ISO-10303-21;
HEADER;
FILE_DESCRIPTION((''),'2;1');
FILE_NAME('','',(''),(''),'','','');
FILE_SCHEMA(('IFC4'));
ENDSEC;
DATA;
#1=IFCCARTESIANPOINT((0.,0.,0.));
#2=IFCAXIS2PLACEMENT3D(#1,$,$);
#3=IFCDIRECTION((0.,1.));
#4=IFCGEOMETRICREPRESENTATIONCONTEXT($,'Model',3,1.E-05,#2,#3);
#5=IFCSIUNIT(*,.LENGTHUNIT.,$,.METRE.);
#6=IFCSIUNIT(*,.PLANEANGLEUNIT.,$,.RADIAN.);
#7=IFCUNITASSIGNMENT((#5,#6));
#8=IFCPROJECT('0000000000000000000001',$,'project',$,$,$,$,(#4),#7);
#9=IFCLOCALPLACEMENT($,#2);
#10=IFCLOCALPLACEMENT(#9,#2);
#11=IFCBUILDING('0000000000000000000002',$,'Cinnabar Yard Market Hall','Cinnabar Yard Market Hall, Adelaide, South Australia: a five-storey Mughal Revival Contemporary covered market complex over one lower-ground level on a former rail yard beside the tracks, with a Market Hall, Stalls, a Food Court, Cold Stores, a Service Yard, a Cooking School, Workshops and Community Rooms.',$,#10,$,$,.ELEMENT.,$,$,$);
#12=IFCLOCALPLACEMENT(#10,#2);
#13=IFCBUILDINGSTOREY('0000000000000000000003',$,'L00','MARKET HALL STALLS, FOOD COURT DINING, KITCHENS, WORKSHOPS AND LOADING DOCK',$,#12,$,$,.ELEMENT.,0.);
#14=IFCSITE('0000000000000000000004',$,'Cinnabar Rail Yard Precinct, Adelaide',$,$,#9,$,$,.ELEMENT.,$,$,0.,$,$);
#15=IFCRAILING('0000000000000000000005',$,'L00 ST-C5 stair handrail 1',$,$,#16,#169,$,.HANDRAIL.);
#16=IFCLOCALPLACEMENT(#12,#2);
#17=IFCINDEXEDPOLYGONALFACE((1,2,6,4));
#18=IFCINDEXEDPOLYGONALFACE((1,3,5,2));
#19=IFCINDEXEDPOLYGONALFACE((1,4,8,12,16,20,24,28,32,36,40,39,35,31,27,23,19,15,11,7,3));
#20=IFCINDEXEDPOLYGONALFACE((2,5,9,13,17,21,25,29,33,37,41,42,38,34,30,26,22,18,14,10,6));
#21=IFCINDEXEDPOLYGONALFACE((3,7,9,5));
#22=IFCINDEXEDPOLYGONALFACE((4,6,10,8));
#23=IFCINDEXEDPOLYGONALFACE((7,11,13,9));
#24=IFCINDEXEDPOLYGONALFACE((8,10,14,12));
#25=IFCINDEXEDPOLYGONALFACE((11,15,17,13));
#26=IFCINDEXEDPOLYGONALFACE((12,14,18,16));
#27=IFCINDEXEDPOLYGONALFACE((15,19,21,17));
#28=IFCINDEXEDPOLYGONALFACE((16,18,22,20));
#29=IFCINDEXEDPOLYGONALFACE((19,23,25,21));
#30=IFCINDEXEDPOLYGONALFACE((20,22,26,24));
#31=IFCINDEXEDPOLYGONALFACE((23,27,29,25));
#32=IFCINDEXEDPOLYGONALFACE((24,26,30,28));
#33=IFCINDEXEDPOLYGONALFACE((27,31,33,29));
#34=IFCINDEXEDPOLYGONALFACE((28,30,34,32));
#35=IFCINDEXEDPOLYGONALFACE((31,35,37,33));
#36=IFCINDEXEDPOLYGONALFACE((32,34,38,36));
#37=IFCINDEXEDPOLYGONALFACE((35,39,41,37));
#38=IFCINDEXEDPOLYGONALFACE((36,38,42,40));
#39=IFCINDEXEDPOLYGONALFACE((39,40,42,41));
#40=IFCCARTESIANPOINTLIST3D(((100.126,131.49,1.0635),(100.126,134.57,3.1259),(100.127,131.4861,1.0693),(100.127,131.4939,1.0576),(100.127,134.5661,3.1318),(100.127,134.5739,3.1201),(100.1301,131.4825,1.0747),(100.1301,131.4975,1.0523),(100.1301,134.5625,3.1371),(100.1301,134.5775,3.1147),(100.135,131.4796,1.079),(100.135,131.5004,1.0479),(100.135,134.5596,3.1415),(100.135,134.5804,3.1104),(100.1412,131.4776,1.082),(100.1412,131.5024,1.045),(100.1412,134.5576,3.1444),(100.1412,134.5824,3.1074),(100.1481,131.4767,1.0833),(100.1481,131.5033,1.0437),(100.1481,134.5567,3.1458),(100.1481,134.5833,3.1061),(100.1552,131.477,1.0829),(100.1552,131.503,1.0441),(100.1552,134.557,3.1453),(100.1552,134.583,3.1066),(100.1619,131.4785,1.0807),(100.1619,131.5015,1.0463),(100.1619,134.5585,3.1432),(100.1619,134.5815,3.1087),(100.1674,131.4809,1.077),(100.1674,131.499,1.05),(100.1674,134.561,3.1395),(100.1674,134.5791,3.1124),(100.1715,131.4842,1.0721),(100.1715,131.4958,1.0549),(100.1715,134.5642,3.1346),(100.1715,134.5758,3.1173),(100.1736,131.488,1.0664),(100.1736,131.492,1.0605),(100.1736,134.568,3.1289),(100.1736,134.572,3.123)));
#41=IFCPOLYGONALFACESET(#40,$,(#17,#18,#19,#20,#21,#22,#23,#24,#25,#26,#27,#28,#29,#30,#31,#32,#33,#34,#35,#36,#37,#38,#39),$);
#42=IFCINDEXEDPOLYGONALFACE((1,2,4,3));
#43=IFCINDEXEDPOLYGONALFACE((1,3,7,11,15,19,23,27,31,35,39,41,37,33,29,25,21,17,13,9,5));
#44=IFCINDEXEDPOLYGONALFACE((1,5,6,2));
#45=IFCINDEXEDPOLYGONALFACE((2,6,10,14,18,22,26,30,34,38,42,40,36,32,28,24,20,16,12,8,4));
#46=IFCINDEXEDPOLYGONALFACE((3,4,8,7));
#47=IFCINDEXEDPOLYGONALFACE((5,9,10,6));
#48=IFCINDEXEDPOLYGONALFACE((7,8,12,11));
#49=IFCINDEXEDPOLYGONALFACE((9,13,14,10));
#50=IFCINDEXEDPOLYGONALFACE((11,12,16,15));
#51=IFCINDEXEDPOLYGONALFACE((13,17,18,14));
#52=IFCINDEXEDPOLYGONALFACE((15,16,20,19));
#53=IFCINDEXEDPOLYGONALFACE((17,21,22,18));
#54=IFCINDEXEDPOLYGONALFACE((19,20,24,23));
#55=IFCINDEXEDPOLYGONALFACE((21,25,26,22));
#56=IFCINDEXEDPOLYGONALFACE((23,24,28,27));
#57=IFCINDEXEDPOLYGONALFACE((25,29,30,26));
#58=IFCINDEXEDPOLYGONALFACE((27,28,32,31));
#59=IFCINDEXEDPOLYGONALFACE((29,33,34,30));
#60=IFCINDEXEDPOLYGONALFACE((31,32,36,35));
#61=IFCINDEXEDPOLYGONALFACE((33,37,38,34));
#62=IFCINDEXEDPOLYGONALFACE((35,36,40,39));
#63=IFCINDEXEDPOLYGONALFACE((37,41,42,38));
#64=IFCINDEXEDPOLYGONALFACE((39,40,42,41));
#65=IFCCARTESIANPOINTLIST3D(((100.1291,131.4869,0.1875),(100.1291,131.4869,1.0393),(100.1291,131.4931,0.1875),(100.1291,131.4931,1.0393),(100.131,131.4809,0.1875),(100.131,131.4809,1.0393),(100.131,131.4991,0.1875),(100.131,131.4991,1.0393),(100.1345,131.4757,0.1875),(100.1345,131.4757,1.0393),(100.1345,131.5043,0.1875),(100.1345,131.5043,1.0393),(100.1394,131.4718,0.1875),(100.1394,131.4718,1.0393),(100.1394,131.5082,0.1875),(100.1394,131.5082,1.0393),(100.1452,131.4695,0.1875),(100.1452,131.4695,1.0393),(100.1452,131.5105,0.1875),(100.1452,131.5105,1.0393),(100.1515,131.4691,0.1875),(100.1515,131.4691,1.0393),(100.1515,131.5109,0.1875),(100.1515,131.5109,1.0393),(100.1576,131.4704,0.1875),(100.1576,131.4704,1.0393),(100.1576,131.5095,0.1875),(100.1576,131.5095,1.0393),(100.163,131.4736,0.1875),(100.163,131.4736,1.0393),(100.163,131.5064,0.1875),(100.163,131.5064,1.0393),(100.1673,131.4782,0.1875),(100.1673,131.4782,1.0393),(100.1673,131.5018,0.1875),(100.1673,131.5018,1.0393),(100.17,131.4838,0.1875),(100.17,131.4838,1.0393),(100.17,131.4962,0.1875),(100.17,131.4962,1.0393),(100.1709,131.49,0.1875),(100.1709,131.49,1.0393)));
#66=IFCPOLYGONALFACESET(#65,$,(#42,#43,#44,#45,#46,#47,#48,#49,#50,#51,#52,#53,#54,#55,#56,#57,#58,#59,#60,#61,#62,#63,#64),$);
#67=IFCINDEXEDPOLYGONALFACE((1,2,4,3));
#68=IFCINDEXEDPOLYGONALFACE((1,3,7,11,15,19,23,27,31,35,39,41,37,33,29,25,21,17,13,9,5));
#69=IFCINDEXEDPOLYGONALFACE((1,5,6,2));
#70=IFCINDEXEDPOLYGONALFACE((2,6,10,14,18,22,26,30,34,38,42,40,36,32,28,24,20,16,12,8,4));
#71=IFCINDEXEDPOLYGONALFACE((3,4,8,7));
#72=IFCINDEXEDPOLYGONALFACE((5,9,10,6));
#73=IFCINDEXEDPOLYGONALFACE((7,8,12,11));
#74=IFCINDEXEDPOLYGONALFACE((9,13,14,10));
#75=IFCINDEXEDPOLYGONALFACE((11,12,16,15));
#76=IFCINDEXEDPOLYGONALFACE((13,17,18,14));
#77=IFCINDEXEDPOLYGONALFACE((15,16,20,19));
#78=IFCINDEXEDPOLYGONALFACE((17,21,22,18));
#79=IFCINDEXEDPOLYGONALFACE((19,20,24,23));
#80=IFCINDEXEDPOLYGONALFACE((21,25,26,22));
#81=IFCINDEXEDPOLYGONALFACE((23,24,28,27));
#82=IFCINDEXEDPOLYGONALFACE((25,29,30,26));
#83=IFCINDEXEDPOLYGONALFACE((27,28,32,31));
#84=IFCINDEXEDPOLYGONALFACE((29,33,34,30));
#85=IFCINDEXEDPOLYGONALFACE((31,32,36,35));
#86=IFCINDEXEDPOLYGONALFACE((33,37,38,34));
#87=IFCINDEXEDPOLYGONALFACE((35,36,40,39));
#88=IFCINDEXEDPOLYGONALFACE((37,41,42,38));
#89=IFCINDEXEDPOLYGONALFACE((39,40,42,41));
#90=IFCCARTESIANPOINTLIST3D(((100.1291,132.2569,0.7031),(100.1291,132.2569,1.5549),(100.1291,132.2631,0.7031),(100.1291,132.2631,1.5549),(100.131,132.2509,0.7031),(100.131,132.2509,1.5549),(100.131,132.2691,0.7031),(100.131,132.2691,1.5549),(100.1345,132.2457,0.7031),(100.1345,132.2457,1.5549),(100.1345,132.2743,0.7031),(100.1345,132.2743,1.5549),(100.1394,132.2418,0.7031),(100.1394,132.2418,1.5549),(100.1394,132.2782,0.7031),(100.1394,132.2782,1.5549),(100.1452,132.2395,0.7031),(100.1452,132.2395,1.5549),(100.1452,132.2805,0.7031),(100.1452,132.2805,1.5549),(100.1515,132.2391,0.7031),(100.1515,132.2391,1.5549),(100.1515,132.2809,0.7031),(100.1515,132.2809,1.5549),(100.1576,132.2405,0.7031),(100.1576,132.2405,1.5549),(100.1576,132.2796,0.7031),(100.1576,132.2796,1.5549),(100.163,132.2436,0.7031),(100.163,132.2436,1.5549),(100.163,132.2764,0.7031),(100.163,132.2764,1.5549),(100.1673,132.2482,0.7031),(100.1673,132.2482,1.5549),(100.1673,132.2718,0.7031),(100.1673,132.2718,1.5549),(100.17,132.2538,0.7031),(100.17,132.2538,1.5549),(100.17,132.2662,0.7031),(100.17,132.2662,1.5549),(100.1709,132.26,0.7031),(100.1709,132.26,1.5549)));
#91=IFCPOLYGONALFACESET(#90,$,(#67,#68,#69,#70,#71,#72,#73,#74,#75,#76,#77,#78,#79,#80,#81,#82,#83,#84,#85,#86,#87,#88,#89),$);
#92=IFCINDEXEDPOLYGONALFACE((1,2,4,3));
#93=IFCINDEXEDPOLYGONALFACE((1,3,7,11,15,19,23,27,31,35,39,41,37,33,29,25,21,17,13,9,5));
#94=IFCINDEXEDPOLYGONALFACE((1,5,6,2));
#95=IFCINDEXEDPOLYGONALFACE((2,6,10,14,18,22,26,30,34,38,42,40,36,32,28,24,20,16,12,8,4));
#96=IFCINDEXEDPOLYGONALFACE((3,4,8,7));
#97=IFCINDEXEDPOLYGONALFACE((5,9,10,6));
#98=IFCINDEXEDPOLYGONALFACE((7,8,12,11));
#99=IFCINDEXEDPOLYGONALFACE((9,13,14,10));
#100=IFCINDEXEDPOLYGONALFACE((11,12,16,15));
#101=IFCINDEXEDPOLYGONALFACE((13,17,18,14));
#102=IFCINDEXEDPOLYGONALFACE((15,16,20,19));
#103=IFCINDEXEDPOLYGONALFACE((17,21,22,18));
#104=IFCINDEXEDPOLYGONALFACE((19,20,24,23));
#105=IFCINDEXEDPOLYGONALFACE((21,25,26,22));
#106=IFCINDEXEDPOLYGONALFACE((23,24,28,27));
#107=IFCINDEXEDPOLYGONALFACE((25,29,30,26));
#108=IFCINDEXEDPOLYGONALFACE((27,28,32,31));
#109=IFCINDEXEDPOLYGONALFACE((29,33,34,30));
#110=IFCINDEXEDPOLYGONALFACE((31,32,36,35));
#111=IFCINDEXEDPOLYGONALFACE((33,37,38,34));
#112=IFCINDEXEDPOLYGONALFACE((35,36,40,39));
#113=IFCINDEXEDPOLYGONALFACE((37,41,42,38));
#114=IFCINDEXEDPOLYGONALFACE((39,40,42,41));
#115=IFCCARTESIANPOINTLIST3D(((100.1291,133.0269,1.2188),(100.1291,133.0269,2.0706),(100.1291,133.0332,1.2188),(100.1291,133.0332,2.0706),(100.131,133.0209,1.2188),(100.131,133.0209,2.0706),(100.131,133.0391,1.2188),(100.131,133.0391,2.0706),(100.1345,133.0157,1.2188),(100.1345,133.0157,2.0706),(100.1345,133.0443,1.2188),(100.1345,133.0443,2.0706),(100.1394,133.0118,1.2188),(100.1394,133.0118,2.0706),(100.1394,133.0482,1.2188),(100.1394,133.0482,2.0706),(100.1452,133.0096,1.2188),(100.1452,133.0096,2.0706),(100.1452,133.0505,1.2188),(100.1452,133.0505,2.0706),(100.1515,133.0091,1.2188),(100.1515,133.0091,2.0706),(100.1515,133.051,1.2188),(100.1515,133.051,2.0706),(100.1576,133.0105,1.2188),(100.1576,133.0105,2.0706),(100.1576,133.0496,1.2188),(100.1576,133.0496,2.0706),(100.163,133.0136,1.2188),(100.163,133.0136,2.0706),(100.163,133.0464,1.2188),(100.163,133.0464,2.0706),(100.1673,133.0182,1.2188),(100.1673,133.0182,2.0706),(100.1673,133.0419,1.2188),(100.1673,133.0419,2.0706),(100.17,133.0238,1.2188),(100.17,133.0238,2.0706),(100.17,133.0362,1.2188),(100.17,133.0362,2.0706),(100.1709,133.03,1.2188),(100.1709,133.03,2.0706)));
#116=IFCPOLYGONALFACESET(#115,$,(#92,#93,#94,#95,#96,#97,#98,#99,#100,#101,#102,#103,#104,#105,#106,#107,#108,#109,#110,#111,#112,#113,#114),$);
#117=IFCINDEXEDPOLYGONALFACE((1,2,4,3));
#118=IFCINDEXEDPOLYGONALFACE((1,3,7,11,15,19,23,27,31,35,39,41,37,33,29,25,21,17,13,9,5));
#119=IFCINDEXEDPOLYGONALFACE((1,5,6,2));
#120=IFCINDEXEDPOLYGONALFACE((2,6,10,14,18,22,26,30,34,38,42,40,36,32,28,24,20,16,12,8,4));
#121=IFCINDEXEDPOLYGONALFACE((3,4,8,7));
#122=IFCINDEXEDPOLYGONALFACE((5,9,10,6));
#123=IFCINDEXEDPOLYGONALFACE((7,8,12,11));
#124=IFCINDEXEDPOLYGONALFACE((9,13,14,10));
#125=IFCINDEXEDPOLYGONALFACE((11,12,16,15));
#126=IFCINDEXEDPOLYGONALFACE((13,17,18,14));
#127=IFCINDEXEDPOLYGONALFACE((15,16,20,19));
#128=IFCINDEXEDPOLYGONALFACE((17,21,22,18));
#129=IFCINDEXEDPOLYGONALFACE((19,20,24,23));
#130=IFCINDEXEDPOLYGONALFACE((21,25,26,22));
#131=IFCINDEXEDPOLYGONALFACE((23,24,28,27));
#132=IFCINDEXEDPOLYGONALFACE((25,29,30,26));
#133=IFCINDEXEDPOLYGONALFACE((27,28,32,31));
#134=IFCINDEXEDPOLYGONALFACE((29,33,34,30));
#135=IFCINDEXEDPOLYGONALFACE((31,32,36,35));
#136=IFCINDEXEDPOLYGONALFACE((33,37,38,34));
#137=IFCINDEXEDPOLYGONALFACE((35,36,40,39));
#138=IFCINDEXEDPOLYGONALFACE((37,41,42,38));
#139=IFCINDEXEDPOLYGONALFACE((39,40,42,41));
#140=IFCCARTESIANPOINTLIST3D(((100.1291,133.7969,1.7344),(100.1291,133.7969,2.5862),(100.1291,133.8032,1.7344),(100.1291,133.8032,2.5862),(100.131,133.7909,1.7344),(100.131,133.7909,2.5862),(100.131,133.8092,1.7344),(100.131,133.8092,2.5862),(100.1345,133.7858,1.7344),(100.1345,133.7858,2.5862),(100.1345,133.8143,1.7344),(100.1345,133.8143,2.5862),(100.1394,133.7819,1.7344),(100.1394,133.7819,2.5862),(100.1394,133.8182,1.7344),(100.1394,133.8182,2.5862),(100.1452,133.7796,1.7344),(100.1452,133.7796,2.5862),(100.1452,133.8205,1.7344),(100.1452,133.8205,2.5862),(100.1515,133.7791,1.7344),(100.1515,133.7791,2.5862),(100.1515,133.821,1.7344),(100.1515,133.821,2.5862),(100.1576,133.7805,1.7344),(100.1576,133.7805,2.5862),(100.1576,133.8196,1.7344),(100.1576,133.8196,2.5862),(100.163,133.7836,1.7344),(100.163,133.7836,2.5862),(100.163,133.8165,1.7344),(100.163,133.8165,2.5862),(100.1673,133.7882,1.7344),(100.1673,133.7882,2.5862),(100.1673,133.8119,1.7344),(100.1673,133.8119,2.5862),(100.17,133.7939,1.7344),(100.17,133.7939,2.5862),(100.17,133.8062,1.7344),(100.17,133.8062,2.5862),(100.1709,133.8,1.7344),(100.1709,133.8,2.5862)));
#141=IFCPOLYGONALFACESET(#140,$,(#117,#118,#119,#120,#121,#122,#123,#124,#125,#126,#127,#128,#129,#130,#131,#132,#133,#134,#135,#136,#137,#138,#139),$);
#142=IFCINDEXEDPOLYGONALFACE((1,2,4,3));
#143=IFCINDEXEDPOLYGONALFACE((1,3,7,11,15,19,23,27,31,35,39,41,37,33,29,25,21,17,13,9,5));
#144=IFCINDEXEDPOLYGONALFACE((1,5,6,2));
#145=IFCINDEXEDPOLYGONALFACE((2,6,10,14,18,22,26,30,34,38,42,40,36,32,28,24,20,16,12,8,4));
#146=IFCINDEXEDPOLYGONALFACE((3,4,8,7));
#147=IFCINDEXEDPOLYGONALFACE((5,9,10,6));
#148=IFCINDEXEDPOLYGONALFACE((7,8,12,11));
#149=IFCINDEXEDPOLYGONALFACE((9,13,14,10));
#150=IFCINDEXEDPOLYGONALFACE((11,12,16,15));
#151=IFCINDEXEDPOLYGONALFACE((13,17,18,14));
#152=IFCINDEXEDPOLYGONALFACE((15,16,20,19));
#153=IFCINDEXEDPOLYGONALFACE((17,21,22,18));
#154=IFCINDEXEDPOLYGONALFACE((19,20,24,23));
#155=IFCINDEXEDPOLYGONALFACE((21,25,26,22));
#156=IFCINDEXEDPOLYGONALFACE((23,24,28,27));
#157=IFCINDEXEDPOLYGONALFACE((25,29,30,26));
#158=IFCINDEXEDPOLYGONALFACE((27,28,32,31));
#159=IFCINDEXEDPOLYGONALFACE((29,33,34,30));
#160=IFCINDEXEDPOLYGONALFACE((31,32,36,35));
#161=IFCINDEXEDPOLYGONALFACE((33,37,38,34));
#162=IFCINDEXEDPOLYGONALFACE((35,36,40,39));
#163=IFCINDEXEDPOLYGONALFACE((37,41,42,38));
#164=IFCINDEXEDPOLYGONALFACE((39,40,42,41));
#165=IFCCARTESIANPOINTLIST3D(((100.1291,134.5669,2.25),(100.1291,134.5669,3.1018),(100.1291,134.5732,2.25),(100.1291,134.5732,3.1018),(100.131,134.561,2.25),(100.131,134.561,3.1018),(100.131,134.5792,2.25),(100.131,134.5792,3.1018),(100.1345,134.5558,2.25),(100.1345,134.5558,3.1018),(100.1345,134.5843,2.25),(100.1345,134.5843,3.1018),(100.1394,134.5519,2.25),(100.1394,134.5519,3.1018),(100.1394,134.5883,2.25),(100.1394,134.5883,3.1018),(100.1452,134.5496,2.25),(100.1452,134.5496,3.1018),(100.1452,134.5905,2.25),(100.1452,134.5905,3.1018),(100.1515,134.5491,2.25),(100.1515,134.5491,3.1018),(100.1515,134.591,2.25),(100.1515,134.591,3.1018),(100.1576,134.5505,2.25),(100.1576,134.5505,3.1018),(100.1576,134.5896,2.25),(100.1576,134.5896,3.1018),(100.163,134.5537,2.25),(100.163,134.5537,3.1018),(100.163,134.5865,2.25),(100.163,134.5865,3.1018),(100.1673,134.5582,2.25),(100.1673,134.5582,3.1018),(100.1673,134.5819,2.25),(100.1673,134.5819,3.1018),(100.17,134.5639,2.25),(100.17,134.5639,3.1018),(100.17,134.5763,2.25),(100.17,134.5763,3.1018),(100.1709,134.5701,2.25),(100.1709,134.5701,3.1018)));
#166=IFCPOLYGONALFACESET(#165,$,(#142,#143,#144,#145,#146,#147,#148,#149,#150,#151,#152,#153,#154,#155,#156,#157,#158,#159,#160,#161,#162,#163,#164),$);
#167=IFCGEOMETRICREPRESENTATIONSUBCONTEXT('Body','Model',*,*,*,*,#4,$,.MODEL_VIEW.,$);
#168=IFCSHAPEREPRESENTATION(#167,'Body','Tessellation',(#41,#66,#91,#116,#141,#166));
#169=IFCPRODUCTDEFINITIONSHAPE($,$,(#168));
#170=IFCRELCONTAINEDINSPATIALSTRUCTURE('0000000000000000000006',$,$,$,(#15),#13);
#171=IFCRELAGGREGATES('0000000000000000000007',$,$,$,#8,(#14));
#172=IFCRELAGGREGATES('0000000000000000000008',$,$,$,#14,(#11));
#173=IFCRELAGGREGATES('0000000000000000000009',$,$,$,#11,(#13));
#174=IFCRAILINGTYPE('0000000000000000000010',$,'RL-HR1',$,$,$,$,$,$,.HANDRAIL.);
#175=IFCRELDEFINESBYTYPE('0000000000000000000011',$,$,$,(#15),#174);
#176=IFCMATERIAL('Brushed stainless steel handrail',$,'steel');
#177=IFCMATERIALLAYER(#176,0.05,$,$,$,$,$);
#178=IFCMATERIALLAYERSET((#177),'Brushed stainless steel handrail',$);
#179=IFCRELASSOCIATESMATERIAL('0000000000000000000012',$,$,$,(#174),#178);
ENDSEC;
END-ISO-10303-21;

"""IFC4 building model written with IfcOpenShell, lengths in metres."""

from ifc_helpers import new_model, si_unit, direction, frame, origin, origin_2d_with_axis, place, context, subcontext, project, spatial, circle, extrude, material, layer, layer_set, type_object, element, save


model = new_model("IFC4")

# Units and contexts
model_context = context("Model", 3, precision=1e-05, world=origin(), true_north=direction((0.0, 1.0)))
body_context = subcontext(model_context, "Body", "Model", "MODEL_VIEW")
ifc_project = project(units=[si_unit("LENGTHUNIT", "METRE"), si_unit("PLANEANGLEUNIT", "RADIAN")], contexts=[model_context])

# Site, building, storey
site_placement = place(None, origin())
site = spatial("IfcSite", under=ifc_project, at=site_placement, Name="Cinnabar Rail Yard Precinct, Adelaide", CompositionType="ELEMENT", RefElevation=0.0)
building_placement = place(site_placement, origin())
building = spatial("IfcBuilding", under=site, at=building_placement, Name="Cinnabar Yard Market Hall", Description="Cinnabar Yard Market Hall, Adelaide, South Australia: a five-storey Mughal Revival Contemporary covered market complex over one lower-ground level on a former rail yard beside the tracks, with a Market Hall, Stalls, a Food Court, Cold Stores, a Service Yard, a Cooking School, Workshops and Community Rooms.", CompositionType="ELEMENT")
storey_placement = place(building_placement, origin())
storey = spatial("IfcBuildingStorey", under=building, at=storey_placement, Name="L00", Description="MARKET HALL STALLS, FOOD COURT DINING, KITCHENS, WORKSHOPS AND LOADING DOCK", CompositionType="ELEMENT", Elevation=0.0)

# Railing
ifc_material_1 = material(Name="Brushed stainless steel handrail", Category="steel")
ifc_layer_1 = layer(ifc_material_1, 0.05)
ifc_layer_set_1 = layer_set([ifc_layer_1], Name="Brushed stainless steel handrail")
railing_type_1 = type_object("IfcRailingType", Name="RL-HR1", PredefinedType="HANDRAIL", material=ifc_layer_set_1)
railing_1_placement = place(storey_placement, frame((100.1499, 131.49, 0.1875)))
element("IfcRailing", 1, at=railing_1_placement, inside=storey, type_object=railing_type_1, Name="L00 ST-C5 stair handrail 1", PredefinedType="HANDRAIL", context=body_context, shape_type="SweptSolid", body=[
    extrude(circle(Radius=0.0239, at=origin_2d_with_axis()), frame((0.0, 0.0, 0.876), z_axis=(0.0, 0.830914, 0.556401), x_axis=(-1.0, 0.0, 0.0)), (0.0, 0.0, 1.0), 3.7068),
    extrude(circle(Radius=0.021, at=origin_2d_with_axis()), origin(), (0.0, 0.0, 1.0), 0.8518),
    extrude(circle(Radius=0.021, at=origin_2d_with_axis()), frame((0.0, 0.77, 0.5156)), (0.0, 0.0, 1.0), 0.8518),
    extrude(circle(Radius=0.021, at=origin_2d_with_axis()), frame((0.0, 1.54, 1.0312)), (0.0, 0.0, 1.0), 0.8518),
    extrude(circle(Radius=0.021, at=origin_2d_with_axis()), frame((0.0, 2.3101, 1.5469)), (0.0, 0.0, 1.0), 0.8518),
    extrude(circle(Radius=0.021, at=origin_2d_with_axis()), frame((0.0, 3.0801, 2.0625)), (0.0, 0.0, 1.0), 0.8518),
])

save(model, "model.ifc")
